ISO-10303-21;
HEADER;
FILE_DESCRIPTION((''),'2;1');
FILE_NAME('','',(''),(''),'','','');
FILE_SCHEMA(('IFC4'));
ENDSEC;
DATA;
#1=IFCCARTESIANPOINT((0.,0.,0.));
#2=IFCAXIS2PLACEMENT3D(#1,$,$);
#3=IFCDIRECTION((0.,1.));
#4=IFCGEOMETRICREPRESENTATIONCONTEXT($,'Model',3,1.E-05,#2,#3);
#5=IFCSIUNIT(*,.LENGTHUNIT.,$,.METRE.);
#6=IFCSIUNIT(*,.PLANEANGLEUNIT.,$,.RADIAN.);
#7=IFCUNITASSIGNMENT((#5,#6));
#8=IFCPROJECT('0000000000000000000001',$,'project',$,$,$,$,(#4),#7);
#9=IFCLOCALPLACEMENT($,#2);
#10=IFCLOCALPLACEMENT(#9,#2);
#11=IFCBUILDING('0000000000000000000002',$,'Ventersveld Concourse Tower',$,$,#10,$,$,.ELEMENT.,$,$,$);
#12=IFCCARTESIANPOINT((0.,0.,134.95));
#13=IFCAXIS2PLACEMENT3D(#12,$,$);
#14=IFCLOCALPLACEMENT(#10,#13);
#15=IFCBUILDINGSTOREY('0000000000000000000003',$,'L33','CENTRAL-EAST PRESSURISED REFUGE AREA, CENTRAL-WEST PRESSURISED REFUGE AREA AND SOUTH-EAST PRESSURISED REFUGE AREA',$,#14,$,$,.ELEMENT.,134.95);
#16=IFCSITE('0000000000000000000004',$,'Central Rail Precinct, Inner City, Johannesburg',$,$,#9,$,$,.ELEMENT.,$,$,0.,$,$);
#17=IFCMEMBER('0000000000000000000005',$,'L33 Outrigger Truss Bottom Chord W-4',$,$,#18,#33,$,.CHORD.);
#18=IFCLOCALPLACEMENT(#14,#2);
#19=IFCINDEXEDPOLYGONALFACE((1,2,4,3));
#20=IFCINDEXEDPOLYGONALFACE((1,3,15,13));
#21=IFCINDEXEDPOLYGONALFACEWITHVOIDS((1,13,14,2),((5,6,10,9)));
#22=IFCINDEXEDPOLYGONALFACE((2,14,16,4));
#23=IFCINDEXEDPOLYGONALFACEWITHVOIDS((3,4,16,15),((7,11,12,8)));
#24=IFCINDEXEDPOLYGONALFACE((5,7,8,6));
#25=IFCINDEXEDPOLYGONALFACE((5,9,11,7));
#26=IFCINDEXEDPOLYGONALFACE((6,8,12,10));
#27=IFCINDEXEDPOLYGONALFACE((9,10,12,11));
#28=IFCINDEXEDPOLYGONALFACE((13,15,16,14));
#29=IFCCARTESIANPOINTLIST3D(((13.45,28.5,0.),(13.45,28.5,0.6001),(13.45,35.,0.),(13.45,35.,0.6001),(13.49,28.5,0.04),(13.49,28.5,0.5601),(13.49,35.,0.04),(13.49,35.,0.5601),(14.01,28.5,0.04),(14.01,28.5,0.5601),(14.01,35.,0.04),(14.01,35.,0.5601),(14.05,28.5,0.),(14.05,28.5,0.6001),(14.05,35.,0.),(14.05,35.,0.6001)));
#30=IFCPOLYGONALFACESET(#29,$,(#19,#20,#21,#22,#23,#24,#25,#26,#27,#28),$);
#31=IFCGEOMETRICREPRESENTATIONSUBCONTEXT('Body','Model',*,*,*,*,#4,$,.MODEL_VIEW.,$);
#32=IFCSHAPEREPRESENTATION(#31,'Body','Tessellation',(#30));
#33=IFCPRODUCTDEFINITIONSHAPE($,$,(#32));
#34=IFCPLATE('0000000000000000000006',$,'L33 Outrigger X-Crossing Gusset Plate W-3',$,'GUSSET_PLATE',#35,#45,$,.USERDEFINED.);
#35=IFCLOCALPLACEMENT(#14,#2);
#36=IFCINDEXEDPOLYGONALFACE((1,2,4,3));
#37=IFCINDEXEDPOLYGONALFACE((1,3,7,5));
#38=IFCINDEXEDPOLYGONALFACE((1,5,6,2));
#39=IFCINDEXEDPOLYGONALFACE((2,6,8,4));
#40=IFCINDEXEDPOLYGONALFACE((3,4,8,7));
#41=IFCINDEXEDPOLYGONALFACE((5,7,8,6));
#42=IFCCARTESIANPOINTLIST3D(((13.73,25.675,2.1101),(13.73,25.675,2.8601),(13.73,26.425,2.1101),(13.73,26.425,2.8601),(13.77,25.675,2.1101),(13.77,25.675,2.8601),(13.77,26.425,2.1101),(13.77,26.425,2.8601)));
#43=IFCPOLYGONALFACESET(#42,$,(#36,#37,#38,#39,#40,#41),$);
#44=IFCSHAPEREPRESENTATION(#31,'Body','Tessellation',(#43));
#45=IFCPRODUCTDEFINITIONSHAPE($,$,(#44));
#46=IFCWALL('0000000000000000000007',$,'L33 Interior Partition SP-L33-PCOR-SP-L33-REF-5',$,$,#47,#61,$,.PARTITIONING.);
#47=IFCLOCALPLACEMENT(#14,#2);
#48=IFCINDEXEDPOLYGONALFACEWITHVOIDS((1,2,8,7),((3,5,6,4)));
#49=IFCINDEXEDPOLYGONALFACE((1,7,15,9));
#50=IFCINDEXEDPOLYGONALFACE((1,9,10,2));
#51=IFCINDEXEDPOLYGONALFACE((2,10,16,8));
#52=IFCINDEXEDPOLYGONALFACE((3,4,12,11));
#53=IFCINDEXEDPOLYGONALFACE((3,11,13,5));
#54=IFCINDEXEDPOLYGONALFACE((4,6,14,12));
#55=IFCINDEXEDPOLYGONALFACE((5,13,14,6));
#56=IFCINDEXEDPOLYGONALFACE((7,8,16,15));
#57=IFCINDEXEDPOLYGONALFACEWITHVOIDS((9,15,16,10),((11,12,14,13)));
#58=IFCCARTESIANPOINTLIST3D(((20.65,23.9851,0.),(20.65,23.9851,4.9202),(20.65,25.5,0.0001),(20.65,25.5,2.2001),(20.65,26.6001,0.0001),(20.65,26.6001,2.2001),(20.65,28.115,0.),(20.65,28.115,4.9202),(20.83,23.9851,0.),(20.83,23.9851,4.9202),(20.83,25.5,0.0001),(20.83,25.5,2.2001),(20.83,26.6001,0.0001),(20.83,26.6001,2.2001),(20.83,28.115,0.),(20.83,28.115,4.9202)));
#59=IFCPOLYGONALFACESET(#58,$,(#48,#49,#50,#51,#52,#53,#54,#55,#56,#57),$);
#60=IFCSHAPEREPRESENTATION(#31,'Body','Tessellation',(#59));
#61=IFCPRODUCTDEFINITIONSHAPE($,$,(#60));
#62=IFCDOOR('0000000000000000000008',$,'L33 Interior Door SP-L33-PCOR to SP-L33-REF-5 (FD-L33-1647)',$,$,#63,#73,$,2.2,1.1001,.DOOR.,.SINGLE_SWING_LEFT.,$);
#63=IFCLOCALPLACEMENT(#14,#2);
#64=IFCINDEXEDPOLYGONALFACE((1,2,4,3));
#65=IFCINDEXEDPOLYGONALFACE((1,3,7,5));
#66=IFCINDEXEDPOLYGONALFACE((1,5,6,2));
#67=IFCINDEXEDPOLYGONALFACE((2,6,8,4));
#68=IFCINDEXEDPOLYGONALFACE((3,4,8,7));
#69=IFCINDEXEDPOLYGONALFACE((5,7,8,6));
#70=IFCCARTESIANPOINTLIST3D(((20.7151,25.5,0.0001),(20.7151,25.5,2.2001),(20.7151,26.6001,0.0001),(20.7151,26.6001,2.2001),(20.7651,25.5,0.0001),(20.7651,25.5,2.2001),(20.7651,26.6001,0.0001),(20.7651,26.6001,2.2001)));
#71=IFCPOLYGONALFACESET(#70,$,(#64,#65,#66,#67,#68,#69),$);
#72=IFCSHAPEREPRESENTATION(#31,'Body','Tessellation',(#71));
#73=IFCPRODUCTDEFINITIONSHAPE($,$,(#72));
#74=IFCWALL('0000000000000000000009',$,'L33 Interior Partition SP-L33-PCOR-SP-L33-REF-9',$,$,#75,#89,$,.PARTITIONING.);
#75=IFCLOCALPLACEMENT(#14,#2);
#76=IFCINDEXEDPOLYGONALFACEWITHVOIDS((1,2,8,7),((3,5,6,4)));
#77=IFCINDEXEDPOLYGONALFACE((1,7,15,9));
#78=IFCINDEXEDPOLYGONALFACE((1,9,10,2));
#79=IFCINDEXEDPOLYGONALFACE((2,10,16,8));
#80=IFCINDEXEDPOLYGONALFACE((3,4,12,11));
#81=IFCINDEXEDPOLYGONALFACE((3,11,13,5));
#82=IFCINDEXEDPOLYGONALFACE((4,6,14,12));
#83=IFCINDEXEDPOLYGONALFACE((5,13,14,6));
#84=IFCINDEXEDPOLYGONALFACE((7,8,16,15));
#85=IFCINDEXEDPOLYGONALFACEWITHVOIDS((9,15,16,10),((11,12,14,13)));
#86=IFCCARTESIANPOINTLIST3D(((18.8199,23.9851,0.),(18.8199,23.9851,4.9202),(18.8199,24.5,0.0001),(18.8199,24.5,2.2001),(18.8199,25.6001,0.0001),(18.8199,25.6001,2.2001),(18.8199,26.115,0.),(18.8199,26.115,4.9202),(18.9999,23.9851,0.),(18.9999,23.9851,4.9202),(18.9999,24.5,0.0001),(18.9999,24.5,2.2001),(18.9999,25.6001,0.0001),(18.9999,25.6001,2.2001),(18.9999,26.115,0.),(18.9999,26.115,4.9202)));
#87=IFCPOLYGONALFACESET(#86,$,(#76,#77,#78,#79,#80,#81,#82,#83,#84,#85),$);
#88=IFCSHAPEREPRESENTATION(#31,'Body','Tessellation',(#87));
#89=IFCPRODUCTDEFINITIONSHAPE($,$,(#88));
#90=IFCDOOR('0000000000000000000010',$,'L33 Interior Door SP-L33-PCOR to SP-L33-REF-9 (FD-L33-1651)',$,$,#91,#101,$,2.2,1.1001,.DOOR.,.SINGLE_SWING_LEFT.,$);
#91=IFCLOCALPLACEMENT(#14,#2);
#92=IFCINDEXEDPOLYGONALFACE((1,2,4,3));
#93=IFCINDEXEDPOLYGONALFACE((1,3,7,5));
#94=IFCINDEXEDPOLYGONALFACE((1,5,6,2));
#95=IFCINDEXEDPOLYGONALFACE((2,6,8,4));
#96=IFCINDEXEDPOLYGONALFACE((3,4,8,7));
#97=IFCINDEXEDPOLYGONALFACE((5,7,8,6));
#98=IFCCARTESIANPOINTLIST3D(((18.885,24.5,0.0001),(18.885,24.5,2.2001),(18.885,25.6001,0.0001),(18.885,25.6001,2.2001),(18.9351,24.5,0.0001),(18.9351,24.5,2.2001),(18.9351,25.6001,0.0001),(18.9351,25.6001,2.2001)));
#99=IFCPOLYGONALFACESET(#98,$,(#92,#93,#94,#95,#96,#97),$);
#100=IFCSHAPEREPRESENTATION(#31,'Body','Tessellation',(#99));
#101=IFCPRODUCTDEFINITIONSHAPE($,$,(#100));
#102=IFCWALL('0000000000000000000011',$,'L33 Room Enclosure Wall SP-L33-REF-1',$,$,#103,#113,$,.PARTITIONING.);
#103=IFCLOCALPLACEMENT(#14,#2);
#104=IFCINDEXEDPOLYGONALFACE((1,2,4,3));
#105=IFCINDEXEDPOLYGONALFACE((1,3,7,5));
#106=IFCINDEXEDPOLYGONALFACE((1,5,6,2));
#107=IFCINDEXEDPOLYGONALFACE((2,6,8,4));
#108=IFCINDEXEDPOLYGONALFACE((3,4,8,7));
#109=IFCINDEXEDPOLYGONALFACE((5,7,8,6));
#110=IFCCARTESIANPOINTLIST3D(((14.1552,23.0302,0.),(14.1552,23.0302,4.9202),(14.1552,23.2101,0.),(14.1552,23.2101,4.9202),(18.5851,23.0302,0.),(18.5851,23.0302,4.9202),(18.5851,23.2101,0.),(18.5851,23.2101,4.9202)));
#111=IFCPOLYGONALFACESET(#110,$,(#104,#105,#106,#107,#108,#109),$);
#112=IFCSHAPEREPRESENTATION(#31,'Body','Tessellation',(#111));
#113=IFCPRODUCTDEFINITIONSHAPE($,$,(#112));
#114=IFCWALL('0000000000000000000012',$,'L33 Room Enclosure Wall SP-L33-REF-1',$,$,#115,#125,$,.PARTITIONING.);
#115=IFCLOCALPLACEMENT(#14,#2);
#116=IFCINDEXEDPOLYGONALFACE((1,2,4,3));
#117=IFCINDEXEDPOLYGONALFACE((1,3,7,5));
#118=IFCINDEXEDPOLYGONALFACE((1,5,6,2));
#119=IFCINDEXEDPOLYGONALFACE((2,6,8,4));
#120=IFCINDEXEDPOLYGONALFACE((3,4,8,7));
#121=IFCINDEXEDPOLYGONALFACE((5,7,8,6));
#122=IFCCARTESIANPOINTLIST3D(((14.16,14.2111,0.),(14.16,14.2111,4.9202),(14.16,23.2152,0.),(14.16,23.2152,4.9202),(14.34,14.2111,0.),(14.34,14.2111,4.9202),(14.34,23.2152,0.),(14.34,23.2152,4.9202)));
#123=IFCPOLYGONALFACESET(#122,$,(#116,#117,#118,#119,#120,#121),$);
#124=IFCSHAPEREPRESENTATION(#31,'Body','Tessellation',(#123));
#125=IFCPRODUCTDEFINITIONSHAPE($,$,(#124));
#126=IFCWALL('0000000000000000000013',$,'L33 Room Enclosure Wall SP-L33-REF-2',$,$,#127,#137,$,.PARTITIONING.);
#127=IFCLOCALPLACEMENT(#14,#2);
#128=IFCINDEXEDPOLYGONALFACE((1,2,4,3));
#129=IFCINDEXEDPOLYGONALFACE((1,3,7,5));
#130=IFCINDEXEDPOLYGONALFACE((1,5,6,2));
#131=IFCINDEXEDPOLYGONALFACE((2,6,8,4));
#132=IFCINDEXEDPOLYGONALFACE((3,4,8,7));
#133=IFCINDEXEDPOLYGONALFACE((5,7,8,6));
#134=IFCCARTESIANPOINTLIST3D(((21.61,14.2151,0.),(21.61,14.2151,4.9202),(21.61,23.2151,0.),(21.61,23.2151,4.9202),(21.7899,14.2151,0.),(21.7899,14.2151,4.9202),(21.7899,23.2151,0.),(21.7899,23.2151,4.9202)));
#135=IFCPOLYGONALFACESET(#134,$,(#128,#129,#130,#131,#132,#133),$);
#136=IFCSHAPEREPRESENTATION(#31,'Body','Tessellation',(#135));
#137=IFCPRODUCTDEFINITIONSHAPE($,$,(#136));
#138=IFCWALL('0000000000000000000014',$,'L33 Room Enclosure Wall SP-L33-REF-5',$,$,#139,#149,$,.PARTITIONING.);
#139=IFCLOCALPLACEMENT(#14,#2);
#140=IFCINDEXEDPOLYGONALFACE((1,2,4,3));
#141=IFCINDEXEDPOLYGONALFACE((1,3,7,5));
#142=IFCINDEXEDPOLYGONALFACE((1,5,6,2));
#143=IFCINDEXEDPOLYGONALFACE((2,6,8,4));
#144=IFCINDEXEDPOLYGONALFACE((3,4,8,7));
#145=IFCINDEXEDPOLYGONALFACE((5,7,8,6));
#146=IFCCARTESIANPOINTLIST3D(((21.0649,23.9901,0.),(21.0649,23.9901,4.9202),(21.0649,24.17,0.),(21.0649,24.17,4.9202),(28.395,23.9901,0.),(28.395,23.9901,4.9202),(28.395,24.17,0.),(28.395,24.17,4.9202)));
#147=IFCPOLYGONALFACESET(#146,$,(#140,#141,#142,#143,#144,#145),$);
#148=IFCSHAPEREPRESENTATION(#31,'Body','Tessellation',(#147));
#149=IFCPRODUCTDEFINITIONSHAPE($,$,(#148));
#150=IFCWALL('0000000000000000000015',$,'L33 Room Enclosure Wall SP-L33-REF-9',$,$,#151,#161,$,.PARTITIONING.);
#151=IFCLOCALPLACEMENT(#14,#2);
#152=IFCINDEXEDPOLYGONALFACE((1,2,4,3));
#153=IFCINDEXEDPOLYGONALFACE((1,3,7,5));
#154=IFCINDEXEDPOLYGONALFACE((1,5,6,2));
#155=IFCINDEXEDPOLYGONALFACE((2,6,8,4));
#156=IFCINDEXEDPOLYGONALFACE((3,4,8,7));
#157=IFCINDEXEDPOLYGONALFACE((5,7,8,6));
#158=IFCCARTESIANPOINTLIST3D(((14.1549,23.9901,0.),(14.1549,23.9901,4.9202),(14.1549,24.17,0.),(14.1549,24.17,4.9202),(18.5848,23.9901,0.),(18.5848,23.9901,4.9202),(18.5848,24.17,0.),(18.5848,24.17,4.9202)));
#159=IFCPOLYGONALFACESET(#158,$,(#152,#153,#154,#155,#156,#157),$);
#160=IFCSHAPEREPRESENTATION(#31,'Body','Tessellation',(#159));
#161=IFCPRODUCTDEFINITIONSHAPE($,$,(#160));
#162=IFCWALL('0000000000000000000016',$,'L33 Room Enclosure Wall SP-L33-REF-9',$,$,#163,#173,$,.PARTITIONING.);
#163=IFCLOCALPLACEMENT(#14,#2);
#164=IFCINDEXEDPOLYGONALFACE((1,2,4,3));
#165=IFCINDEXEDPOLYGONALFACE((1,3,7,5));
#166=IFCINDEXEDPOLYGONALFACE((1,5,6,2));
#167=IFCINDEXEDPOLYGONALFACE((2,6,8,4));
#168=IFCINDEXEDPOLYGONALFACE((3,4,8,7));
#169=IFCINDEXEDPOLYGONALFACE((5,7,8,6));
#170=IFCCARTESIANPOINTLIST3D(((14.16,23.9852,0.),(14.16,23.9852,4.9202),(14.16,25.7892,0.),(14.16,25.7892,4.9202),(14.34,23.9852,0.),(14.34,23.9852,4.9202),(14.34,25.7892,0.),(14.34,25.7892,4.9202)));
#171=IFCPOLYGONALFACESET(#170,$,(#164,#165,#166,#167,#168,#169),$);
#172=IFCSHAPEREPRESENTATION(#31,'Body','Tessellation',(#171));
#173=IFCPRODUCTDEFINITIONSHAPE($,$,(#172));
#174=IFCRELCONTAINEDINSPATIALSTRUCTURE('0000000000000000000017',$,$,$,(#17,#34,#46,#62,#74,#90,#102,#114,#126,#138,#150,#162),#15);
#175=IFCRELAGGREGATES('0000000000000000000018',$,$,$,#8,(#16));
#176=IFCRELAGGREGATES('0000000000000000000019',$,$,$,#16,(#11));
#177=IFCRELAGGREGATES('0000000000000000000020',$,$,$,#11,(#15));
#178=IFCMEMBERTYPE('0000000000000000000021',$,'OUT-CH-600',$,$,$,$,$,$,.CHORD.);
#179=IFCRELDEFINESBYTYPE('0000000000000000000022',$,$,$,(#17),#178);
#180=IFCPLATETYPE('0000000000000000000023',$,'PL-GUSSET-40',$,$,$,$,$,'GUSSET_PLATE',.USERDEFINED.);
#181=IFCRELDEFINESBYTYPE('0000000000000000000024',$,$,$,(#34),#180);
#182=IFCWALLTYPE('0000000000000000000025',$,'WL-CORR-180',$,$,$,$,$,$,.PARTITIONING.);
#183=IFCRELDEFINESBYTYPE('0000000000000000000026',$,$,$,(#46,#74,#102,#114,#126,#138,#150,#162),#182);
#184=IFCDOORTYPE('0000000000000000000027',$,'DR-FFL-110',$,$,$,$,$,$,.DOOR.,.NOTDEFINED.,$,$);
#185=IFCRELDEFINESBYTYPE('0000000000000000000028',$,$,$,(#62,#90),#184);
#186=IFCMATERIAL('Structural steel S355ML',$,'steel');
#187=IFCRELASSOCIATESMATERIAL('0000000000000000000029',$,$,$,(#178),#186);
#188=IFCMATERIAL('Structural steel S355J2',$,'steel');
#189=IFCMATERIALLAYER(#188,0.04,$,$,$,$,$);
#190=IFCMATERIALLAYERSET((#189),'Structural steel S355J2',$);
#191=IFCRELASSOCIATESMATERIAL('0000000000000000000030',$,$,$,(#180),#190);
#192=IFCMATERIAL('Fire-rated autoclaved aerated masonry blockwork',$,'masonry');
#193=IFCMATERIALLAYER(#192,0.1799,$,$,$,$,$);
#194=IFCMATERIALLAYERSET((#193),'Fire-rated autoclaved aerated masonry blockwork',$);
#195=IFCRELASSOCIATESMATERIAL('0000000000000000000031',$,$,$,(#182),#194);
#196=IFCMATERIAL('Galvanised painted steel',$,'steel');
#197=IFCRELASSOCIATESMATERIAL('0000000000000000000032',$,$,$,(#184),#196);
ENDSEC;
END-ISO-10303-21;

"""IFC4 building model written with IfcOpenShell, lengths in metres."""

from ifc_helpers import new_model, si_unit, direction, frame, frame_2d, origin, origin_2d, place, context, subcontext, project, spatial, rectangle, hollow_rectangle, extrude, material, layer, layer_set, material_profile, profile_set, type_object, element, fill, save


model = new_model("IFC4")

# Units and contexts
model_context = context("Model", 3, precision=1e-05, world=origin(), true_north=direction((0.0, 1.0)))
body_context = subcontext(model_context, "Body", "Model", "MODEL_VIEW")
ifc_project = project(units=[si_unit("LENGTHUNIT", "METRE"), si_unit("PLANEANGLEUNIT", "RADIAN")], contexts=[model_context])

# Site, building, storey
site_placement = place(None, origin())
site = spatial("IfcSite", under=ifc_project, at=site_placement, Name="Central Rail Precinct, Inner City, Johannesburg", CompositionType="ELEMENT", RefElevation=0.0)
building_placement = place(site_placement, origin())
building = spatial("IfcBuilding", under=site, at=building_placement, Name="Ventersveld Concourse Tower", CompositionType="ELEMENT")
storey_placement = place(building_placement, frame((0.0, 0.0, 134.95)))
storey = spatial("IfcBuildingStorey", under=building, at=storey_placement, Name="L33", Description="CENTRAL-EAST PRESSURISED REFUGE AREA, CENTRAL-WEST PRESSURISED REFUGE AREA AND SOUTH-EAST PRESSURISED REFUGE AREA", CompositionType="ELEMENT", Elevation=134.95)

# Shared definitions
ifc_material_1 = material(Name="Structural steel S355J2", Category="steel")

# Member
ifc_material_2 = material(Name="Structural steel S355ML", Category="steel")
ifc_material_profile_1 = material_profile(ifc_material_2, hollow_rectangle(XDim=0.6001, YDim=0.6001, WallThickness=0.04, at=origin_2d()), Name="BOX 600x600x40")
ifc_profile_set_1 = profile_set([ifc_material_profile_1], Name="Structural steel S355ML")
member_type_1 = type_object("IfcMemberType", Name="OUT-CH-600", PredefinedType="CHORD", material=ifc_profile_set_1)
member_1_placement = place(storey_placement, frame((13.75, 28.5, 0.3), z_axis=(0.0, 1.0, 0.0), x_axis=(-1.0, 0.0, 0.0)))
element("IfcMember", 1, at=member_1_placement, inside=storey, type_object=member_type_1, Name="L33 Outrigger Truss Bottom Chord W-4", PredefinedType="CHORD", context=body_context, shape_type="SweptSolid", body=[
    extrude(hollow_rectangle(XDim=0.6001, YDim=0.6001, WallThickness=0.04, at=origin_2d()), origin(), (0.0, 0.0, 1.0), 6.5),
])

# Plate
ifc_layer_1 = layer(ifc_material_1, 0.04)
ifc_layer_set_1 = layer_set([ifc_layer_1], Name="Structural steel S355J2")
plate_type = type_object("IfcPlateType", Name="PL-GUSSET-40", ElementType="GUSSET_PLATE", PredefinedType="USERDEFINED", material=ifc_layer_set_1)
plate_placement = place(storey_placement, frame((13.75, 26.05, 2.1101), z_axis=(0.0, 0.0, 1.0), x_axis=(1.0, 0.0, 0.0)))
element("IfcPlate", 2, at=plate_placement, inside=storey, type_object=plate_type, Name="L33 Outrigger X-Crossing Gusset Plate W-3", ObjectType="GUSSET_PLATE", PredefinedType="USERDEFINED", context=body_context, shape_type="SweptSolid", body=[
    extrude(rectangle(XDim=0.04, YDim=0.75, at=origin_2d()), origin(), (0.0, 0.0, 1.0), 0.75),
])

# Walls, openings, doors
ifc_material_3 = material(Name="Fire-rated autoclaved aerated masonry blockwork", Category="masonry")
ifc_layer_2 = layer(ifc_material_3, 0.1799)
ifc_layer_set_2 = layer_set([ifc_layer_2], Name="Fire-rated autoclaved aerated masonry blockwork")
wall_type_1 = type_object("IfcWallType", Name="WL-CORR-180", PredefinedType="PARTITIONING", material=ifc_layer_set_2)
wall_1_placement = place(storey_placement, frame((20.74, 23.9851, 0.0), z_axis=(0.0, 0.0, 1.0), x_axis=(0.0, 1.0, 0.0)))
wall_1 = element("IfcWall", 3, at=wall_1_placement, inside=storey, type_object=wall_type_1, Name="L33 Interior Partition SP-L33-PCOR-SP-L33-REF-5", PredefinedType="PARTITIONING", context=body_context, shape_type="SweptSolid", body=[
    extrude(rectangle(XDim=4.1299, YDim=0.1799, at=frame_2d((2.0649, 0.0))), origin(), (0.0, 0.0, 1.0), 4.9202),
])
opening_1_placement = place(wall_1_placement, frame((1.5149, 0.0, 0.0)))
opening_1 = element("IfcOpeningElement", 4, at=opening_1_placement, cuts=wall_1, PredefinedType="OPENING", context=body_context, shape_type="SweptSolid", body=[
    extrude(rectangle(XDim=1.1001, YDim=2.2, at=frame_2d((0.55, 1.1001))), frame((0.0, 0.1001, 0.0), z_axis=(0.0, -1.0, 0.0), x_axis=(1.0, 0.0, 0.0)), (0.0, 0.0, 1.0), 0.2),
])
ifc_material_4 = material(Name="Galvanised painted steel", Category="steel")
door_type_1 = type_object("IfcDoorType", Name="DR-FFL-110", OperationType="NOTDEFINED", PredefinedType="DOOR", material=ifc_material_4)
door_1_placement = place(opening_1_placement, origin())
door_1 = element("IfcDoor", 5, at=door_1_placement, inside=storey, type_object=door_type_1, Name="L33 Interior Door SP-L33-PCOR to SP-L33-REF-5 (FD-L33-1647)", OperationType="SINGLE_SWING_LEFT", OverallHeight=2.2, OverallWidth=1.1001, PredefinedType="DOOR", context=body_context, shape_type="SweptSolid", body=[
    extrude(rectangle(XDim=1.1001, YDim=2.2, at=frame_2d((0.55, 1.1001))), frame((0.0, 0.0249, 0.0), z_axis=(0.0, -1.0, 0.0), x_axis=(1.0, 0.0, 0.0)), (0.0, 0.0, 1.0), 0.05),
])
fill(opening_1, door_1)
wall_2_placement = place(storey_placement, frame((18.9099, 23.9851, 0.0), z_axis=(0.0, 0.0, 1.0), x_axis=(0.0, 1.0, 0.0)))
wall_2 = element("IfcWall", 6, at=wall_2_placement, inside=storey, type_object=wall_type_1, Name="L33 Interior Partition SP-L33-PCOR-SP-L33-REF-9", PredefinedType="PARTITIONING", context=body_context, shape_type="SweptSolid", body=[
    extrude(rectangle(XDim=2.1299, YDim=0.1799, at=frame_2d((1.0649, 0.0))), origin(), (0.0, 0.0, 1.0), 4.9202),
])
opening_2_placement = place(wall_2_placement, frame((0.5149, 0.0, 0.0)))
opening_2 = element("IfcOpeningElement", 7, at=opening_2_placement, cuts=wall_2, PredefinedType="OPENING", context=body_context, shape_type="SweptSolid", body=[
    extrude(rectangle(XDim=1.1001, YDim=2.2, at=frame_2d((0.55, 1.1001))), frame((0.0, 0.1001, 0.0), z_axis=(0.0, -1.0, 0.0), x_axis=(1.0, 0.0, 0.0)), (0.0, 0.0, 1.0), 0.2),
])
door_2_placement = place(opening_2_placement, origin())
door_2 = element("IfcDoor", 8, at=door_2_placement, inside=storey, type_object=door_type_1, Name="L33 Interior Door SP-L33-PCOR to SP-L33-REF-9 (FD-L33-1651)", OperationType="SINGLE_SWING_LEFT", OverallHeight=2.2, OverallWidth=1.1001, PredefinedType="DOOR", context=body_context, shape_type="SweptSolid", body=[
    extrude(rectangle(XDim=1.1001, YDim=2.2, at=frame_2d((0.55, 1.1001))), frame((0.0, 0.0249, 0.0), z_axis=(0.0, -1.0, 0.0), x_axis=(1.0, 0.0, 0.0)), (0.0, 0.0, 1.0), 0.05),
])
fill(opening_2, door_2)

# Walls
wall_3_placement = place(storey_placement, frame((18.585, 23.1201, 0.0), z_axis=(0.0, 0.0, 1.0), x_axis=(-1.0, 0.0, 0.0)))
element("IfcWall", 9, at=wall_3_placement, inside=storey, type_object=wall_type_1, Name="L33 Room Enclosure Wall SP-L33-REF-1", PredefinedType="PARTITIONING", context=body_context, shape_type="SweptSolid", body=[
    extrude(rectangle(XDim=4.4299, YDim=0.1799, at=frame_2d((2.2148, 0.0))), origin(), (0.0, 0.0, 1.0), 4.9202),
])
wall_4_placement = place(storey_placement, frame((14.25, 23.2151, 0.0), z_axis=(0.0, 0.0, 1.0), x_axis=(0.0, -1.0, 0.0)))
element("IfcWall", 10, at=wall_4_placement, inside=storey, type_object=wall_type_1, Name="L33 Room Enclosure Wall SP-L33-REF-1", PredefinedType="PARTITIONING", context=body_context, shape_type="SweptSolid", body=[
    extrude(rectangle(XDim=9.0042, YDim=0.1799, at=frame_2d((4.502, 0.0))), origin(), (0.0, 0.0, 1.0), 4.9202),
])
wall_5_placement = place(storey_placement, frame((21.7, 23.2151, 0.0), z_axis=(0.0, 0.0, 1.0), x_axis=(0.0, -1.0, 0.0)))
element("IfcWall", 11, at=wall_5_placement, inside=storey, type_object=wall_type_1, Name="L33 Room Enclosure Wall SP-L33-REF-2", PredefinedType="PARTITIONING", context=body_context, shape_type="SweptSolid", body=[
    extrude(rectangle(XDim=9.0, YDim=0.1799, at=frame_2d((4.5, 0.0))), origin(), (0.0, 0.0, 1.0), 4.9202),
])
wall_6_placement = place(storey_placement, frame((21.0649, 24.0801, 0.0), z_axis=(0.0, 0.0, 1.0), x_axis=(1.0, 0.0, 0.0)))
element("IfcWall", 12, at=wall_6_placement, inside=storey, type_object=wall_type_1, Name="L33 Room Enclosure Wall SP-L33-REF-5", PredefinedType="PARTITIONING", context=body_context, shape_type="SweptSolid", body=[
    extrude(rectangle(XDim=7.3301, YDim=0.1799, at=frame_2d((3.665, 0.0))), origin(), (0.0, 0.0, 1.0), 4.9202),
])
wall_7_placement = place(storey_placement, frame((14.155, 24.0801, 0.0), z_axis=(0.0, 0.0, 1.0), x_axis=(1.0, 0.0, 0.0)))
element("IfcWall", 13, at=wall_7_placement, inside=storey, type_object=wall_type_1, Name="L33 Room Enclosure Wall SP-L33-REF-9", PredefinedType="PARTITIONING", context=body_context, shape_type="SweptSolid", body=[
    extrude(rectangle(XDim=4.4299, YDim=0.1799, at=frame_2d((2.2148, 0.0))), origin(), (0.0, 0.0, 1.0), 4.9202),
])
wall_8_placement = place(storey_placement, frame((14.25, 25.7891, 0.0), z_axis=(0.0, 0.0, 1.0), x_axis=(0.0, -1.0, 0.0)))
element("IfcWall", 14, at=wall_8_placement, inside=storey, type_object=wall_type_1, Name="L33 Room Enclosure Wall SP-L33-REF-9", PredefinedType="PARTITIONING", context=body_context, shape_type="SweptSolid", body=[
    extrude(rectangle(XDim=1.804, YDim=0.1799, at=frame_2d((0.9019, 0.0))), origin(), (0.0, 0.0, 1.0), 4.9202),
])

save(model, "model.ifc")
